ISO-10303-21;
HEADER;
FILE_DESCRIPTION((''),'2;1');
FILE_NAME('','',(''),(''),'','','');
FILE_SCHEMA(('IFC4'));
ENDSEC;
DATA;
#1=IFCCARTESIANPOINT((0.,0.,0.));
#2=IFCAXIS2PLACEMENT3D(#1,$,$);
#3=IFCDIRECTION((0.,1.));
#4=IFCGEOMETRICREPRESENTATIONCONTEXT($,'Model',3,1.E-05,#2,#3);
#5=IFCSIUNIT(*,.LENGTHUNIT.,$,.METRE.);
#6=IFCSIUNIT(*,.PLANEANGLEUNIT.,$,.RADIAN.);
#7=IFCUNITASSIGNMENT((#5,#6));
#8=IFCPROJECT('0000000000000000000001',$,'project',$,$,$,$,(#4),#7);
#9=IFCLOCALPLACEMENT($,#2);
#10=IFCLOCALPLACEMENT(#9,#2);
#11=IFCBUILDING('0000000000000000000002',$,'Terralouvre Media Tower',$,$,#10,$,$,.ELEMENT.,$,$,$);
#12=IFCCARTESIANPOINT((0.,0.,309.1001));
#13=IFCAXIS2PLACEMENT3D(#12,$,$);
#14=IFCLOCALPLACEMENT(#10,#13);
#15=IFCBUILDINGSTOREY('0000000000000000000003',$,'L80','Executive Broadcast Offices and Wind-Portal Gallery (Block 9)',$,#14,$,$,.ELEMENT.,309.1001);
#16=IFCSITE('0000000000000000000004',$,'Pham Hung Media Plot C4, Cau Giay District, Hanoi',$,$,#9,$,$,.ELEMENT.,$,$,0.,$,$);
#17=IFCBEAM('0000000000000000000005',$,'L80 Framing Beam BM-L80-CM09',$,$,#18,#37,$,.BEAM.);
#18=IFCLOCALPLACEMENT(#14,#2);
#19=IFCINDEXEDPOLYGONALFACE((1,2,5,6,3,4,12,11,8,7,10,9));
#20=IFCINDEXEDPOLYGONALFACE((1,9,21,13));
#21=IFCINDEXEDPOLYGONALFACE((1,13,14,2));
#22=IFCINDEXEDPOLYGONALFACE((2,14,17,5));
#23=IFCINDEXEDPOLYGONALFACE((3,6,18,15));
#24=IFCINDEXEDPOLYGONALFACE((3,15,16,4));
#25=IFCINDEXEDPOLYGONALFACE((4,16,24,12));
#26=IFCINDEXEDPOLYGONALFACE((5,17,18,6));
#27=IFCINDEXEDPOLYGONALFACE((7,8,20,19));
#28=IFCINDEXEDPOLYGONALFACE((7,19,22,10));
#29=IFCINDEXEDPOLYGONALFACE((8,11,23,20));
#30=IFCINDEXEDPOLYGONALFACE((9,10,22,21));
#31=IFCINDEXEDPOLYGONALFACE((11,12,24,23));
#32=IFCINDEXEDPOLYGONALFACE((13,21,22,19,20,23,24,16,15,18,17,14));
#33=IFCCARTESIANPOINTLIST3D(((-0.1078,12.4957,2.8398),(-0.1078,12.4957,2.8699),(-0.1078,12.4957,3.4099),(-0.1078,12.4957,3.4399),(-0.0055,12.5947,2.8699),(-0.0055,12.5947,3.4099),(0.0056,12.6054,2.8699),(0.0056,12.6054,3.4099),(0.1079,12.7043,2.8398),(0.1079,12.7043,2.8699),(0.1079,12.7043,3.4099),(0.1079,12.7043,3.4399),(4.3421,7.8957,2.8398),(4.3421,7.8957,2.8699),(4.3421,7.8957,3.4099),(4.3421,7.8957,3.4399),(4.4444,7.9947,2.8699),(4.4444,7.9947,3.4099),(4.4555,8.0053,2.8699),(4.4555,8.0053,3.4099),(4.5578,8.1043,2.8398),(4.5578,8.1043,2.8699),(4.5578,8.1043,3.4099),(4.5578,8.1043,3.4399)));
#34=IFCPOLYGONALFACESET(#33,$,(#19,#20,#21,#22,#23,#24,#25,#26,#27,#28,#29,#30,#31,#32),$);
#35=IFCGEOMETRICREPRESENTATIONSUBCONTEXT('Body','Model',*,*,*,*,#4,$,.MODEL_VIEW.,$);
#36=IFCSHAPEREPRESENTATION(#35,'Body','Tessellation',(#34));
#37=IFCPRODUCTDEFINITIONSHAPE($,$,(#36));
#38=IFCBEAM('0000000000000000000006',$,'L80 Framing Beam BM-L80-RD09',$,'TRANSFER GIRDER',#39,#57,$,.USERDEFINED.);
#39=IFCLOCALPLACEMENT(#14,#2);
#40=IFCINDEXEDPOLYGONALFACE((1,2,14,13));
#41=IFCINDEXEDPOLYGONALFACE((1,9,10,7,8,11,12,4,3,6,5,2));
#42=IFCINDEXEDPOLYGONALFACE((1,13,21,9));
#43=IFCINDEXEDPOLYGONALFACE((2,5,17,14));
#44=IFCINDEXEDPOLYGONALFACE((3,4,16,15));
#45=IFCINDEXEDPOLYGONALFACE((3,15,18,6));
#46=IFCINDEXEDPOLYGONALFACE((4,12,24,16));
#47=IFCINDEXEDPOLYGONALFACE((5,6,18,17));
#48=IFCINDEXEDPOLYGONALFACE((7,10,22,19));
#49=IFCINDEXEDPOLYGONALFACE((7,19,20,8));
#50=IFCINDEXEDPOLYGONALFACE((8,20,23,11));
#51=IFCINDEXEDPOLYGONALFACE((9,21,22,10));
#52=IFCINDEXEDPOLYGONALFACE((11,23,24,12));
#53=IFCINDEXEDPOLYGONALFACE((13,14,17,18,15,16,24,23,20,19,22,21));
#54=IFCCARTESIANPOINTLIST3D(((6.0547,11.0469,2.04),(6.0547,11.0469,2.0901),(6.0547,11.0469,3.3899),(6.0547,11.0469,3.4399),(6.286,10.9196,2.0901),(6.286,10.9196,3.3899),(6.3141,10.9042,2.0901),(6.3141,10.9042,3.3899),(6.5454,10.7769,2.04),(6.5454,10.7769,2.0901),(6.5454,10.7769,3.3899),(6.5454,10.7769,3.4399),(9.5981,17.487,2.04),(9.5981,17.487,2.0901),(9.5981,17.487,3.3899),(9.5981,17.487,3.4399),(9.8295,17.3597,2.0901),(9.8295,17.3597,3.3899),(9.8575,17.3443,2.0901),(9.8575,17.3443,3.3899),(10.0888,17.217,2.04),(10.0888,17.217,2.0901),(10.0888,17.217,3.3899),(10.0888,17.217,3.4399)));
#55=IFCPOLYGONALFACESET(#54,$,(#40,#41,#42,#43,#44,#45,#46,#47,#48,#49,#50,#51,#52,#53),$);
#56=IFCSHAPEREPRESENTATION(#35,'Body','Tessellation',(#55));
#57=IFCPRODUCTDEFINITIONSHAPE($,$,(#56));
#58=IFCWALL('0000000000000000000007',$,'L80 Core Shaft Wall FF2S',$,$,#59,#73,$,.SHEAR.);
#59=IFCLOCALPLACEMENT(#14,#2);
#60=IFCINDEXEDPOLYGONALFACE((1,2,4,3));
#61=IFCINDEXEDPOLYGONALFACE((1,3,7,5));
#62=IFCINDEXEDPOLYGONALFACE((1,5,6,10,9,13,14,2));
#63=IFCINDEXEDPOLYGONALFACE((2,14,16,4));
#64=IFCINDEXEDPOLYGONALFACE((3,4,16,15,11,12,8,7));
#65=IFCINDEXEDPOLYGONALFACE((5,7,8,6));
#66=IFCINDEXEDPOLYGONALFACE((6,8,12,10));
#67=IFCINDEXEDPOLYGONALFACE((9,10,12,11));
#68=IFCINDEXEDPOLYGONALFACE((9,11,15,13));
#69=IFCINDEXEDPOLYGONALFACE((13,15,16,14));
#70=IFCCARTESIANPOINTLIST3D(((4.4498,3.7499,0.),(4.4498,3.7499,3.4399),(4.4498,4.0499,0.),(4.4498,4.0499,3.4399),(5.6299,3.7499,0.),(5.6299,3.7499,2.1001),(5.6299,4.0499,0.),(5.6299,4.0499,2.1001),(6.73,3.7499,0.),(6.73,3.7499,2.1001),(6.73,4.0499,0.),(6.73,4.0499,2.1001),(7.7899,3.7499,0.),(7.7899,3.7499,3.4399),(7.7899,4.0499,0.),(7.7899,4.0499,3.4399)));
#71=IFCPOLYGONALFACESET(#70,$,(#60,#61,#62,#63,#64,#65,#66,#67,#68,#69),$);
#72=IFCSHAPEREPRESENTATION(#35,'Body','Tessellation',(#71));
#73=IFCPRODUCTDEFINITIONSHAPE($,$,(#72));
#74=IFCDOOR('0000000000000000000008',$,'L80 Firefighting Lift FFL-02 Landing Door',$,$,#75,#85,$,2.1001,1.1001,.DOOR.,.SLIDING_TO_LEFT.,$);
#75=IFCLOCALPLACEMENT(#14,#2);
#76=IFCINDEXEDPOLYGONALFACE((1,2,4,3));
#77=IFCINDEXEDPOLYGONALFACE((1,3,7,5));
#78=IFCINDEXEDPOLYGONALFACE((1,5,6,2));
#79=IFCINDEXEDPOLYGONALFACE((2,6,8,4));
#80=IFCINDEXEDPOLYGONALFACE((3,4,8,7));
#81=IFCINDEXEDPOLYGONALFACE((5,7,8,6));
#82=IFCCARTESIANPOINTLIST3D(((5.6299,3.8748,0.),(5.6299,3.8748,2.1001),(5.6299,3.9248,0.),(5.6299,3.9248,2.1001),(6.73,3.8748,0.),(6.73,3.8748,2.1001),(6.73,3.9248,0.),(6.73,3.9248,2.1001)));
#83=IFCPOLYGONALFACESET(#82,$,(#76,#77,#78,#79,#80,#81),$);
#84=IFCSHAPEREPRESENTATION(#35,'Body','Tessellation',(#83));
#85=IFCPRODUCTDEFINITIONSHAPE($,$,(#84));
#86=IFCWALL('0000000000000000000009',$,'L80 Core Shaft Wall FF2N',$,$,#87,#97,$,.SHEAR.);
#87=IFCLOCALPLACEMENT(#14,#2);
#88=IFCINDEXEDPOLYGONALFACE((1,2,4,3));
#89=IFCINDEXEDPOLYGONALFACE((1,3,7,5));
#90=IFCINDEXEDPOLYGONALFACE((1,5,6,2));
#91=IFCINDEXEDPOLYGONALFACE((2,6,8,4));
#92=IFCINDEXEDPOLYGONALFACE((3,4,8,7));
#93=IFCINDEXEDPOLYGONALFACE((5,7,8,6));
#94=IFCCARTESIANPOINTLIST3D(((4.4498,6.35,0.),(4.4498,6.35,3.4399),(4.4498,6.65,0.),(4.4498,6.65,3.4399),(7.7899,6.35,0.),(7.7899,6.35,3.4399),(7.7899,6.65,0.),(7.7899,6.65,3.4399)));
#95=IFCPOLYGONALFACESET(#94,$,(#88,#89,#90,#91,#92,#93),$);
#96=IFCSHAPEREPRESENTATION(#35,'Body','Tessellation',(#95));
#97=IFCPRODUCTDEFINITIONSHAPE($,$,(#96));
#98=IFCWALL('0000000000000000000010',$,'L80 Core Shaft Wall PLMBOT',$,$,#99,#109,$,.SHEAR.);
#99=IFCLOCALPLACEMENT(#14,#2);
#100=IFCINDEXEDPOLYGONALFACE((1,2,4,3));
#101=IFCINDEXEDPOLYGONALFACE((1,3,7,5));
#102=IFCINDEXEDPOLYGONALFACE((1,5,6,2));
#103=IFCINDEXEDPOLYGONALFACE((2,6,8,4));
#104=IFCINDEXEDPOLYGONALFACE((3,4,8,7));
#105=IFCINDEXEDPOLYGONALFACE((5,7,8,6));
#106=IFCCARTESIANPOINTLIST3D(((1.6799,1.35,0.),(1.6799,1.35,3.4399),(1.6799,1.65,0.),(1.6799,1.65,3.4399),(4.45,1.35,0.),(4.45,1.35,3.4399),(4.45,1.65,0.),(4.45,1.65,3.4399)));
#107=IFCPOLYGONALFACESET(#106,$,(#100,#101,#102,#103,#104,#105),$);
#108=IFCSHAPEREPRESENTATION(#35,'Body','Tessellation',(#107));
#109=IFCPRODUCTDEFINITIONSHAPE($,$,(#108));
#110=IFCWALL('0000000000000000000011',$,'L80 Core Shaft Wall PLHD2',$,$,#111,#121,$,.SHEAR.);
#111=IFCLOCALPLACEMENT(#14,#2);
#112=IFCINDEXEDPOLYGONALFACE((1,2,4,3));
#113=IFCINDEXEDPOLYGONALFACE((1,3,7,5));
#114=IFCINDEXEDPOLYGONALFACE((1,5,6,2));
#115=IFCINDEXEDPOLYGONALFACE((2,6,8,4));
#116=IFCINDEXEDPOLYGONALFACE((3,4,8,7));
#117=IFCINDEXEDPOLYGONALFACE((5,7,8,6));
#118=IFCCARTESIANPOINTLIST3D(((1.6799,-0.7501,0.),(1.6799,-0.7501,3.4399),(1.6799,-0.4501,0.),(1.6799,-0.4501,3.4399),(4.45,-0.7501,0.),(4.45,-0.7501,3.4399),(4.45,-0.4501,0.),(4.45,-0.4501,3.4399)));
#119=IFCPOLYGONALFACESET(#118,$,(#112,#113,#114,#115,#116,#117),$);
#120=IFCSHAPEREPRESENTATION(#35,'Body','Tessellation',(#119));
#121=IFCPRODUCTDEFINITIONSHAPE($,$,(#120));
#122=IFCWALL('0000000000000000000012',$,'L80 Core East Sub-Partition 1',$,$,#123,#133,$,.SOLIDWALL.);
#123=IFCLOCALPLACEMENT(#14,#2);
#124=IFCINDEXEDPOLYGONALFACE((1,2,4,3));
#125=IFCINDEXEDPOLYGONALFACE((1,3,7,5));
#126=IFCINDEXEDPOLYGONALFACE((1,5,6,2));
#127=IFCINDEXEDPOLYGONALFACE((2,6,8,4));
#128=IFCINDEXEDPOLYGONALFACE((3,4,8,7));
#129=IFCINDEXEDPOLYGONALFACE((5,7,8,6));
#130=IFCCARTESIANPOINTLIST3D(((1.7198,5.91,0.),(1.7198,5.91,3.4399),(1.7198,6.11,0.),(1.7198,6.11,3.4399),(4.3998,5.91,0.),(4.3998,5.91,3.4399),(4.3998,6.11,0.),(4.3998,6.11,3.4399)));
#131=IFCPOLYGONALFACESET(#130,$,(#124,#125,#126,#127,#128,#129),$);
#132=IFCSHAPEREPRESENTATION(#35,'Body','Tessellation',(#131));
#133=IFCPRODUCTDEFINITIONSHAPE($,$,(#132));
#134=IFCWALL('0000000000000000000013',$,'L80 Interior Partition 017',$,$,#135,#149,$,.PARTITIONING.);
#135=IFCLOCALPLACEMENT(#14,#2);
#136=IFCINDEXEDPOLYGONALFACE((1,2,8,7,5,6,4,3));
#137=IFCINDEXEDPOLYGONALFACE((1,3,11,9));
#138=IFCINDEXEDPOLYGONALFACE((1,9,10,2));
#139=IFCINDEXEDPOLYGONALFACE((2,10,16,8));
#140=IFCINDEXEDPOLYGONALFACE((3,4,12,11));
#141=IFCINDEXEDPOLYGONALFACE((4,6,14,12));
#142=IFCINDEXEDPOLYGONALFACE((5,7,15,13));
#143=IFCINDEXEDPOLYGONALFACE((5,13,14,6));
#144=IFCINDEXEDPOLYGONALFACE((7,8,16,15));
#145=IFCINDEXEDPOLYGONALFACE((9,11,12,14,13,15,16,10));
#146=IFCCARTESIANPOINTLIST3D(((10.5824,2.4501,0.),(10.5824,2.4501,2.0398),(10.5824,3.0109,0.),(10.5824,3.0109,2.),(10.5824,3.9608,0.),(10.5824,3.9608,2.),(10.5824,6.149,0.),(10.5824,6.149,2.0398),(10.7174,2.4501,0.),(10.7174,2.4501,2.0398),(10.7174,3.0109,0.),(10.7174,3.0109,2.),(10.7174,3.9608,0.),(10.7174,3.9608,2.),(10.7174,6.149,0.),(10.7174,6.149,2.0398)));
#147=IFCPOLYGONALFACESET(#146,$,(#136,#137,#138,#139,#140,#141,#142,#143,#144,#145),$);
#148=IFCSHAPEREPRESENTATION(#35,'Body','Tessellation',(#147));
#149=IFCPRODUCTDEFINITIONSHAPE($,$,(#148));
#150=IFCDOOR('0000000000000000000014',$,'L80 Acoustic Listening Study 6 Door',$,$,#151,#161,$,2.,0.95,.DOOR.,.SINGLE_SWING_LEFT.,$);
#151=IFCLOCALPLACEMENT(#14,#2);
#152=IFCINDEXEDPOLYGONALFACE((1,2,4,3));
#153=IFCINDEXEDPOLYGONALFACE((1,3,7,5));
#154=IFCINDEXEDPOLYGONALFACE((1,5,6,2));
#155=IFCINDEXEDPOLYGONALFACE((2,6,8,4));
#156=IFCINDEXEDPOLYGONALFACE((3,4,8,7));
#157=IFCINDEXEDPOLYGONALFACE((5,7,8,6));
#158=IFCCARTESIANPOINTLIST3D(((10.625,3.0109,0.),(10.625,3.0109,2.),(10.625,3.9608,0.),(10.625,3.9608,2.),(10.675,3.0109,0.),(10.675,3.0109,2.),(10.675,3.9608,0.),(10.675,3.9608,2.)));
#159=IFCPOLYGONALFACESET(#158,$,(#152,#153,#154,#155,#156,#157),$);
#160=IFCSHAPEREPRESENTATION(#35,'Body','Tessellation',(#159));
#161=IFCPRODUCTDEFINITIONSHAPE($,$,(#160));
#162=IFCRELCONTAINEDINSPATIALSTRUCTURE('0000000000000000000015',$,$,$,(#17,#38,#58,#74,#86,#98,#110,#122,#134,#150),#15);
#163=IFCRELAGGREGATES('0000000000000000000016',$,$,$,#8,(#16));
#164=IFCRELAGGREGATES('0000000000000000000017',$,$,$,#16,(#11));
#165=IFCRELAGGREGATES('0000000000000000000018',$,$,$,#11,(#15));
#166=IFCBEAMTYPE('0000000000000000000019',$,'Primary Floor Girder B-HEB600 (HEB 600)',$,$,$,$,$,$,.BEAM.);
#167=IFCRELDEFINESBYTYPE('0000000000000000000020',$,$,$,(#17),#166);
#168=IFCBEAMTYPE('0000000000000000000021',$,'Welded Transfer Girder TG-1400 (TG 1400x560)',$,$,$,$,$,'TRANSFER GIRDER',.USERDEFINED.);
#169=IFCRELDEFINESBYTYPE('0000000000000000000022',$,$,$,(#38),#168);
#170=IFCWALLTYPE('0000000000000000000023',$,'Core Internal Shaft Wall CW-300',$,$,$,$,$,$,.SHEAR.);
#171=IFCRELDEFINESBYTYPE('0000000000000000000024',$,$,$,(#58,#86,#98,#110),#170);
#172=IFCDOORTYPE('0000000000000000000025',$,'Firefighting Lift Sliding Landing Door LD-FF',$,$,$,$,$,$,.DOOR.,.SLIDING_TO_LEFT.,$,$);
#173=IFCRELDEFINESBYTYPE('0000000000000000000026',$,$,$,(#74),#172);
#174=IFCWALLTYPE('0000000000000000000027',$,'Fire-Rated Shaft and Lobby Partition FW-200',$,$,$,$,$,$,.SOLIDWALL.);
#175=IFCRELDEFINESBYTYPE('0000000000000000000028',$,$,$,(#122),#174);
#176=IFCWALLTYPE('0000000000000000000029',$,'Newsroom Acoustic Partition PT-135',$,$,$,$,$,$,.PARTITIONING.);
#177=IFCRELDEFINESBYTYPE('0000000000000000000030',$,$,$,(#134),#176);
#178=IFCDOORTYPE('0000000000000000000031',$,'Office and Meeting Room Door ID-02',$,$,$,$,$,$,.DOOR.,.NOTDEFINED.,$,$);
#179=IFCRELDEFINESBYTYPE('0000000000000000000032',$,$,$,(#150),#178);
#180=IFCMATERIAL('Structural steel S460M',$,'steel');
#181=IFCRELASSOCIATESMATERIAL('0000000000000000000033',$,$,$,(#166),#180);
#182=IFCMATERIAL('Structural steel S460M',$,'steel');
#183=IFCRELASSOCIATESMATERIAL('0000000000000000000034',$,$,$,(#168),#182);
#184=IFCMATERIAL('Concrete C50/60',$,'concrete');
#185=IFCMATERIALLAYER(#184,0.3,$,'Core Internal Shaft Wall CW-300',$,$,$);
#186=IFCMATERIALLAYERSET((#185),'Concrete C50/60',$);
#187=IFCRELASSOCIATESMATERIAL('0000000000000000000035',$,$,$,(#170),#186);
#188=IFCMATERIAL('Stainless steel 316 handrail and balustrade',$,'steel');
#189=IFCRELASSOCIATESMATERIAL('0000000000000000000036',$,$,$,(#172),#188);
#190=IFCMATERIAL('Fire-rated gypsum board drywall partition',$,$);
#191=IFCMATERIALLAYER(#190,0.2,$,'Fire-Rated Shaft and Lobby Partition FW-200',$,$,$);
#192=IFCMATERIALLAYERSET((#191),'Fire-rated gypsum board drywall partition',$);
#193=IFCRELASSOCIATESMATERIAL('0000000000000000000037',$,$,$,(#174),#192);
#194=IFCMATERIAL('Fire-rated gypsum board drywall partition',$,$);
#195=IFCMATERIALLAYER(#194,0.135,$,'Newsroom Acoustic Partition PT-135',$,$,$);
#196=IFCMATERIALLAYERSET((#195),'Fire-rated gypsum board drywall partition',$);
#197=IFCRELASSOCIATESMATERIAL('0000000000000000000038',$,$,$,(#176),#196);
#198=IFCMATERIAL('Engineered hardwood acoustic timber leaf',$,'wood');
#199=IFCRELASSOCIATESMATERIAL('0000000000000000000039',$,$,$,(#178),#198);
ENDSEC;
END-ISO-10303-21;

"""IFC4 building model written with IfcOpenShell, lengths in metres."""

from ifc_helpers import new_model, si_unit, direction, frame, frame_2d, origin, origin_2d, place, context, subcontext, project, spatial, rectangle, i_section, extrude, material, layer, layer_set, material_profile, profile_set, type_object, element, fill, save


model = new_model("IFC4")

# Units and contexts
model_context = context("Model", 3, precision=1e-05, world=origin(), true_north=direction((0.0, 1.0)))
body_context = subcontext(model_context, "Body", "Model", "MODEL_VIEW")
ifc_project = project(units=[si_unit("LENGTHUNIT", "METRE"), si_unit("PLANEANGLEUNIT", "RADIAN")], contexts=[model_context])

# Site, building, storey
site_placement = place(None, origin())
site = spatial("IfcSite", under=ifc_project, at=site_placement, Name="Pham Hung Media Plot C4, Cau Giay District, Hanoi", CompositionType="ELEMENT", RefElevation=0.0)
building_placement = place(site_placement, origin())
building = spatial("IfcBuilding", under=site, at=building_placement, Name="Terralouvre Media Tower", CompositionType="ELEMENT")
storey_placement = place(building_placement, frame((0.0, 0.0, 309.1001)))
storey = spatial("IfcBuildingStorey", under=building, at=storey_placement, Name="L80", Description="Executive Broadcast Offices and Wind-Portal Gallery (Block 9)", CompositionType="ELEMENT", Elevation=309.1001)

# Beams
ifc_material_1 = material(Name="Structural steel S460M", Category="steel")
ifc_material_profile_1 = material_profile(ifc_material_1, i_section(OverallWidth=0.3, OverallDepth=0.6001, WebThickness=0.0154, FlangeThickness=0.03, at=origin_2d()), Name="HEB 600")
ifc_profile_set_1 = profile_set([ifc_material_profile_1], Name="Structural steel S460M")
beam_type_1 = type_object("IfcBeamType", Name="Primary Floor Girder B-HEB600 (HEB 600)", PredefinedType="BEAM", material=ifc_profile_set_1)
beam_1_placement = place(storey_placement, frame((4.45, 8.0, 3.1399), z_axis=(-0.69528, 0.718739, 0.0), x_axis=(-0.718739, -0.69528, 0.0)))
element("IfcBeam", 1, at=beam_1_placement, inside=storey, type_object=beam_type_1, Name="L80 Framing Beam BM-L80-CM09", PredefinedType="BEAM", context=body_context, shape_type="SweptSolid", body=[
    extrude(i_section(OverallWidth=0.3, OverallDepth=0.6001, WebThickness=0.0154, FlangeThickness=0.03, at=origin_2d()), origin(), (0.0, 0.0, 1.0), 6.4001),
])
ifc_material_2 = material(Name="Structural steel S460M", Category="steel")
ifc_material_profile_2 = material_profile(ifc_material_2, i_section(OverallWidth=0.5601, OverallDepth=1.3999, WebThickness=0.032, FlangeThickness=0.05, at=origin_2d()), Name="TG 1400x560")
ifc_profile_set_2 = profile_set([ifc_material_profile_2], Name="Structural steel S460M")
beam_type_2 = type_object("IfcBeamType", Name="Welded Transfer Girder TG-1400 (TG 1400x560)", ElementType="TRANSFER GIRDER", PredefinedType="USERDEFINED", material=ifc_profile_set_2)
beam_2_placement = place(storey_placement, frame((6.3, 10.9119, 2.74), z_axis=(0.48206, 0.876138, 0.0), x_axis=(-0.876138, 0.48206, 0.0)))
element("IfcBeam", 2, at=beam_2_placement, inside=storey, type_object=beam_type_2, Name="L80 Framing Beam BM-L80-RD09", ObjectType="TRANSFER GIRDER", PredefinedType="USERDEFINED", context=body_context, shape_type="SweptSolid", body=[
    extrude(i_section(OverallWidth=0.5601, OverallDepth=1.3999, WebThickness=0.032, FlangeThickness=0.05, at=origin_2d()), origin(), (0.0, 0.0, 1.0), 7.3506),
])

# Wall, opening, door
ifc_material_3 = material(Name="Concrete C50/60", Category="concrete")
ifc_layer_1 = layer(ifc_material_3, 0.3, Name="Core Internal Shaft Wall CW-300")
ifc_layer_set_1 = layer_set([ifc_layer_1], Name="Concrete C50/60")
wall_type_1 = type_object("IfcWallType", Name="Core Internal Shaft Wall CW-300", PredefinedType="SHEAR", material=ifc_layer_set_1)
wall_1_placement = place(storey_placement, frame((4.45, 3.8999, 0.0), z_axis=(0.0, 0.0, 1.0), x_axis=(1.0, 0.0, 0.0)))
wall_1 = element("IfcWall", 3, at=wall_1_placement, inside=storey, type_object=wall_type_1, Name="L80 Core Shaft Wall FF2S", PredefinedType="SHEAR", context=body_context, shape_type="SweptSolid", body=[
    extrude(rectangle(XDim=3.3401, YDim=0.3, at=frame_2d((1.6699, 0.0))), origin(), (0.0, 0.0, 1.0), 3.4399),
])
opening_1_placement = place(wall_1_placement, frame((1.1799, 0.0, 0.0)))
opening_1 = element("IfcOpeningElement", 4, at=opening_1_placement, cuts=wall_1, PredefinedType="OPENING", context=body_context, shape_type="SweptSolid", body=[
    extrude(rectangle(XDim=1.1001, YDim=2.1001, at=frame_2d((0.55, 1.05))), frame((0.0, 0.1599, 0.0), z_axis=(0.0, -1.0, 0.0), x_axis=(1.0, 0.0, 0.0)), (0.0, 0.0, 1.0), 0.3201),
])
ifc_material_4 = material(Name="Stainless steel 316 handrail and balustrade", Category="steel")
door_type_1 = type_object("IfcDoorType", Name="Firefighting Lift Sliding Landing Door LD-FF", OperationType="SLIDING_TO_LEFT", PredefinedType="DOOR", material=ifc_material_4)
door_1_placement = place(opening_1_placement, origin())
door_1 = element("IfcDoor", 5, at=door_1_placement, inside=storey, type_object=door_type_1, Name="L80 Firefighting Lift FFL-02 Landing Door", OperationType="SLIDING_TO_LEFT", OverallHeight=2.1001, OverallWidth=1.1001, PredefinedType="DOOR", context=body_context, shape_type="SweptSolid", body=[
    extrude(rectangle(XDim=1.1001, YDim=2.1001, at=frame_2d((0.55, 1.05))), frame((0.0, 0.0249, 0.0), z_axis=(0.0, -1.0, 0.0), x_axis=(1.0, 0.0, 0.0)), (0.0, 0.0, 1.0), 0.05),
])
fill(opening_1, door_1)

# Walls
wall_2_placement = place(storey_placement, frame((4.45, 6.5, 0.0), z_axis=(0.0, 0.0, 1.0), x_axis=(1.0, 0.0, 0.0)))
element("IfcWall", 6, at=wall_2_placement, inside=storey, type_object=wall_type_1, Name="L80 Core Shaft Wall FF2N", PredefinedType="SHEAR", context=body_context, shape_type="SweptSolid", body=[
    extrude(rectangle(XDim=3.3401, YDim=0.3, at=frame_2d((1.6699, 0.0))), origin(), (0.0, 0.0, 1.0), 3.4399),
])
for number, where, z_axis, x_axis, name in (
    (7, (1.6799, 1.5, 0.0), (0.0, 0.0, 1.0), (1.0, 0.0, 0.0), "L80 Core Shaft Wall PLMBOT"),
    (8, (1.6799, -0.6001, 0.0), (0.0, 0.0, 1.0), (1.0, 0.0, 0.0), "L80 Core Shaft Wall PLHD2"),
):
    element("IfcWall", number, at=place(storey_placement, frame(where, z_axis=z_axis, x_axis=x_axis)), inside=storey, type_object=wall_type_1, Name=name, PredefinedType="SHEAR", context=body_context, shape_type="SweptSolid", body=[
        extrude(rectangle(XDim=2.77, YDim=0.3, at=frame_2d((1.385, 0.0))), origin(), (0.0, 0.0, 1.0), 3.4399),
    ])
ifc_material_5 = material(Name="Fire-rated gypsum board drywall partition")
ifc_layer_2 = layer(ifc_material_5, 0.2, Name="Fire-Rated Shaft and Lobby Partition FW-200")
ifc_layer_set_2 = layer_set([ifc_layer_2], Name="Fire-rated gypsum board drywall partition")
wall_type_2 = type_object("IfcWallType", Name="Fire-Rated Shaft and Lobby Partition FW-200", PredefinedType="SOLIDWALL", material=ifc_layer_set_2)
wall_3_placement = place(storey_placement, frame((1.72, 6.01, 0.0), z_axis=(0.0, 0.0, 1.0), x_axis=(1.0, 0.0, 0.0)))
element("IfcWall", 9, at=wall_3_placement, inside=storey, type_object=wall_type_2, Name="L80 Core East Sub-Partition 1", PredefinedType="SOLIDWALL", context=body_context, shape_type="SweptSolid", body=[
    extrude(rectangle(XDim=2.6799, YDim=0.2, at=frame_2d((1.3398, 0.0))), origin(), (0.0, 0.0, 1.0), 3.4399),
])

# Wall, opening, door
ifc_material_6 = material(Name="Fire-rated gypsum board drywall partition")
ifc_layer_3 = layer(ifc_material_6, 0.135, Name="Newsroom Acoustic Partition PT-135")
ifc_layer_set_3 = layer_set([ifc_layer_3], Name="Fire-rated gypsum board drywall partition")
wall_type_3 = type_object("IfcWallType", Name="Newsroom Acoustic Partition PT-135", PredefinedType="PARTITIONING", material=ifc_layer_set_3)
wall_4_placement = place(storey_placement, frame((10.6499, 2.45, 0.0), z_axis=(0.0, 0.0, 1.0), x_axis=(0.0, 1.0, 0.0)))
wall_4 = element("IfcWall", 10, at=wall_4_placement, inside=storey, type_object=wall_type_3, Name="L80 Interior Partition 017", PredefinedType="PARTITIONING", context=body_context, shape_type="SweptSolid", body=[
    extrude(rectangle(XDim=3.699, YDim=0.135, at=frame_2d((1.8496, 0.0))), origin(), (0.0, 0.0, 1.0), 2.0398),
])
opening_2_placement = place(wall_4_placement, frame((0.5608, 0.0, 0.0)))
opening_2 = element("IfcOpeningElement", 11, at=opening_2_placement, cuts=wall_4, PredefinedType="OPENING", context=body_context, shape_type="SweptSolid", body=[
    extrude(rectangle(XDim=0.95, YDim=2.0, at=frame_2d((0.4751, 1.0))), frame((0.0, 0.0774, 0.0), z_axis=(0.0, -1.0, 0.0), x_axis=(1.0, 0.0, 0.0)), (0.0, 0.0, 1.0), 0.155),
])
ifc_material_7 = material(Name="Engineered hardwood acoustic timber leaf", Category="wood")
door_type_2 = type_object("IfcDoorType", Name="Office and Meeting Room Door ID-02", OperationType="NOTDEFINED", PredefinedType="DOOR", material=ifc_material_7)
door_2_placement = place(opening_2_placement, origin())
door_2 = element("IfcDoor", 12, at=door_2_placement, inside=storey, type_object=door_type_2, Name="L80 Acoustic Listening Study 6 Door", OperationType="SINGLE_SWING_LEFT", OverallHeight=2.0, OverallWidth=0.95, PredefinedType="DOOR", context=body_context, shape_type="SweptSolid", body=[
    extrude(rectangle(XDim=0.95, YDim=2.0, at=frame_2d((0.4751, 1.0))), frame((0.0, 0.0249, 0.0), z_axis=(0.0, -1.0, 0.0), x_axis=(1.0, 0.0, 0.0)), (0.0, 0.0, 1.0), 0.05),
])
fill(opening_2, door_2)

save(model, "model.ifc")
